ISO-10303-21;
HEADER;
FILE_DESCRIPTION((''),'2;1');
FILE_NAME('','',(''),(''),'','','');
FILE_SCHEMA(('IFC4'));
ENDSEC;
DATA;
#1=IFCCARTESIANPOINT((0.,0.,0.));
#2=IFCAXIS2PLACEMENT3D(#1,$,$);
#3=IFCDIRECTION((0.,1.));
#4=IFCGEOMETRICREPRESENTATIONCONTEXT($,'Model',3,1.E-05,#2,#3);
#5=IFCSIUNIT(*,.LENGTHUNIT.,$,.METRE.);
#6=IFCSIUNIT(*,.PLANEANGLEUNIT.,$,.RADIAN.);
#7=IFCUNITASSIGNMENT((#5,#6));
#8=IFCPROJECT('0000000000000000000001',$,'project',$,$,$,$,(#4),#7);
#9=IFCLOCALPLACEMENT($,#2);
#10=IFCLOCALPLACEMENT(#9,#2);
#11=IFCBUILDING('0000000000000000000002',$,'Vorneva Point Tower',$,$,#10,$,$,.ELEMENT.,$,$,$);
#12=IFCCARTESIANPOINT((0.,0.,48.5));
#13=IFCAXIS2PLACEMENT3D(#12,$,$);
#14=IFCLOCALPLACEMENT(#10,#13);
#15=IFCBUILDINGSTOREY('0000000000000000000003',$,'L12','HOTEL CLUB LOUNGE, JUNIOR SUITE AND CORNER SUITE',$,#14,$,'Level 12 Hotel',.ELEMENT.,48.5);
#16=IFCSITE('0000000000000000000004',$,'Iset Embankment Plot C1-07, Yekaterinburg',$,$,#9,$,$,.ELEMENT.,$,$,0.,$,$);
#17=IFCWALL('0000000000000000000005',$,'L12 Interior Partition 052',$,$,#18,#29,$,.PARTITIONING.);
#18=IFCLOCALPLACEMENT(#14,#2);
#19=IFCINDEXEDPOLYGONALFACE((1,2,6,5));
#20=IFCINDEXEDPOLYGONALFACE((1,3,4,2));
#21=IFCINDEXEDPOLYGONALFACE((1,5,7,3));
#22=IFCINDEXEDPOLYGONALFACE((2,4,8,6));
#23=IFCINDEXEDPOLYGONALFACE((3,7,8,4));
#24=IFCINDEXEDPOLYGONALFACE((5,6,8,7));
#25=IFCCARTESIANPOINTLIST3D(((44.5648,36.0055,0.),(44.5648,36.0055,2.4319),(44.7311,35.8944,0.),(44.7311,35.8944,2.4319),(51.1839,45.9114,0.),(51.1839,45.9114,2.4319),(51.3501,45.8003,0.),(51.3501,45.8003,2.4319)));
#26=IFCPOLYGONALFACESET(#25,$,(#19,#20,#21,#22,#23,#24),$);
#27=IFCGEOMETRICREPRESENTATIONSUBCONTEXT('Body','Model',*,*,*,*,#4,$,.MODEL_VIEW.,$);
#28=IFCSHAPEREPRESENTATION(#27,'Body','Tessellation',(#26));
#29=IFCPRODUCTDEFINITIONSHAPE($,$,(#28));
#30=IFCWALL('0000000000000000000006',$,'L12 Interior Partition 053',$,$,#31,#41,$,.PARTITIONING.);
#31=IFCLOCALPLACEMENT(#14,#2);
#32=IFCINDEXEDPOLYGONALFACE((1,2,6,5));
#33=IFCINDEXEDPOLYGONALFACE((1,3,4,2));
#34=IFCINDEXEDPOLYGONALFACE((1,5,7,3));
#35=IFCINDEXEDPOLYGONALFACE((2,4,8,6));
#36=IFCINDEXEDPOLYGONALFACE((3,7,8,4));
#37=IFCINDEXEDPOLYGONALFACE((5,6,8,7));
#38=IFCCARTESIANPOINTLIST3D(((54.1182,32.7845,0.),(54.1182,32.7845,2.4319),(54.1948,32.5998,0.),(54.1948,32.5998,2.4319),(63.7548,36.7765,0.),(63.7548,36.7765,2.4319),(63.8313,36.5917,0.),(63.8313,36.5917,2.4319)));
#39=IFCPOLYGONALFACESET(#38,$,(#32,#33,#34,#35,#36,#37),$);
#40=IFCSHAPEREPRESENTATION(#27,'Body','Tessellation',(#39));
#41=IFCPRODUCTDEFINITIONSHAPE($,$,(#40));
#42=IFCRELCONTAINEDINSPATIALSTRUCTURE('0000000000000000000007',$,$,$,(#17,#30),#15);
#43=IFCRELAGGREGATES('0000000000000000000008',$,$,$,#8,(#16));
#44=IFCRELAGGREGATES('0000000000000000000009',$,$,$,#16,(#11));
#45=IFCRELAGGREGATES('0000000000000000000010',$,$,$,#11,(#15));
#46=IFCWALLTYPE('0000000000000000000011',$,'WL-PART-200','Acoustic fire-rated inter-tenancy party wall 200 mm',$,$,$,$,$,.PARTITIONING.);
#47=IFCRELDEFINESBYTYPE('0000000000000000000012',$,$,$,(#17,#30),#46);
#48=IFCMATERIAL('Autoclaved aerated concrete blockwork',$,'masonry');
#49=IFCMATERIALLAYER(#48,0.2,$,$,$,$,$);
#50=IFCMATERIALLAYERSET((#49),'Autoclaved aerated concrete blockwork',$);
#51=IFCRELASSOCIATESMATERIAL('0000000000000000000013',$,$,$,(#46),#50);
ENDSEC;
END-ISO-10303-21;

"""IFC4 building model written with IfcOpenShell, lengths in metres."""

from ifc_helpers import new_model, si_unit, direction, frame, frame_2d, origin, place, context, subcontext, project, spatial, rectangle, extrude, material, layer, layer_set, type_object, element, save


model = new_model("IFC4")

# Units and contexts
model_context = context("Model", 3, precision=1e-05, world=origin(), true_north=direction((0.0, 1.0)))
body_context = subcontext(model_context, "Body", "Model", "MODEL_VIEW")
ifc_project = project(units=[si_unit("LENGTHUNIT", "METRE"), si_unit("PLANEANGLEUNIT", "RADIAN")], contexts=[model_context])

# Site, building, storey
site_placement = place(None, origin())
site = spatial("IfcSite", under=ifc_project, at=site_placement, Name="Iset Embankment Plot C1-07, Yekaterinburg", CompositionType="ELEMENT", RefElevation=0.0)
building_placement = place(site_placement, origin())
building = spatial("IfcBuilding", under=site, at=building_placement, Name="Vorneva Point Tower", CompositionType="ELEMENT")
storey_placement = place(building_placement, frame((0.0, 0.0, 48.5)))
storey = spatial("IfcBuildingStorey", under=building, at=storey_placement, Name="L12", Description="HOTEL CLUB LOUNGE, JUNIOR SUITE AND CORNER SUITE", LongName="Level 12 Hotel", CompositionType="ELEMENT", Elevation=48.5)

# Walls
ifc_material_1 = material(Name="Autoclaved aerated concrete blockwork", Category="masonry")
ifc_layer_1 = layer(ifc_material_1, 0.2)
ifc_layer_set_1 = layer_set([ifc_layer_1], Name="Autoclaved aerated concrete blockwork")
wall_type_1 = type_object("IfcWallType", Name="WL-PART-200", Description="Acoustic fire-rated inter-tenancy party wall 200 mm", PredefinedType="PARTITIONING", material=ifc_layer_set_1)
wall_1_placement = place(storey_placement, frame((51.2671, 45.856, 0.0), z_axis=(0.0, 0.0, 1.0), x_axis=(-0.555579, -0.831463, 0.0)))
element("IfcWall", 1, at=wall_1_placement, inside=storey, type_object=wall_type_1, Name="L12 Interior Partition 052", PredefinedType="PARTITIONING", context=body_context, shape_type="SweptSolid", body=[
    extrude(rectangle(XDim=11.9138, YDim=0.2, at=frame_2d((5.957, 0.0))), origin(), (0.0, 0.0, 1.0), 2.4319),
])
wall_2_placement = place(storey_placement, frame((54.1565, 32.6921, 0.0), z_axis=(0.0, 0.0, 1.0), x_axis=(0.923866, 0.382715, 0.0)))
element("IfcWall", 2, at=wall_2_placement, inside=storey, type_object=wall_type_1, Name="L12 Interior Partition 053", PredefinedType="PARTITIONING", context=body_context, shape_type="SweptSolid", body=[
    extrude(rectangle(XDim=10.4307, YDim=0.2, at=frame_2d((5.2153, 0.0))), origin(), (0.0, 0.0, 1.0), 2.4319),
])

save(model, "model.ifc")
